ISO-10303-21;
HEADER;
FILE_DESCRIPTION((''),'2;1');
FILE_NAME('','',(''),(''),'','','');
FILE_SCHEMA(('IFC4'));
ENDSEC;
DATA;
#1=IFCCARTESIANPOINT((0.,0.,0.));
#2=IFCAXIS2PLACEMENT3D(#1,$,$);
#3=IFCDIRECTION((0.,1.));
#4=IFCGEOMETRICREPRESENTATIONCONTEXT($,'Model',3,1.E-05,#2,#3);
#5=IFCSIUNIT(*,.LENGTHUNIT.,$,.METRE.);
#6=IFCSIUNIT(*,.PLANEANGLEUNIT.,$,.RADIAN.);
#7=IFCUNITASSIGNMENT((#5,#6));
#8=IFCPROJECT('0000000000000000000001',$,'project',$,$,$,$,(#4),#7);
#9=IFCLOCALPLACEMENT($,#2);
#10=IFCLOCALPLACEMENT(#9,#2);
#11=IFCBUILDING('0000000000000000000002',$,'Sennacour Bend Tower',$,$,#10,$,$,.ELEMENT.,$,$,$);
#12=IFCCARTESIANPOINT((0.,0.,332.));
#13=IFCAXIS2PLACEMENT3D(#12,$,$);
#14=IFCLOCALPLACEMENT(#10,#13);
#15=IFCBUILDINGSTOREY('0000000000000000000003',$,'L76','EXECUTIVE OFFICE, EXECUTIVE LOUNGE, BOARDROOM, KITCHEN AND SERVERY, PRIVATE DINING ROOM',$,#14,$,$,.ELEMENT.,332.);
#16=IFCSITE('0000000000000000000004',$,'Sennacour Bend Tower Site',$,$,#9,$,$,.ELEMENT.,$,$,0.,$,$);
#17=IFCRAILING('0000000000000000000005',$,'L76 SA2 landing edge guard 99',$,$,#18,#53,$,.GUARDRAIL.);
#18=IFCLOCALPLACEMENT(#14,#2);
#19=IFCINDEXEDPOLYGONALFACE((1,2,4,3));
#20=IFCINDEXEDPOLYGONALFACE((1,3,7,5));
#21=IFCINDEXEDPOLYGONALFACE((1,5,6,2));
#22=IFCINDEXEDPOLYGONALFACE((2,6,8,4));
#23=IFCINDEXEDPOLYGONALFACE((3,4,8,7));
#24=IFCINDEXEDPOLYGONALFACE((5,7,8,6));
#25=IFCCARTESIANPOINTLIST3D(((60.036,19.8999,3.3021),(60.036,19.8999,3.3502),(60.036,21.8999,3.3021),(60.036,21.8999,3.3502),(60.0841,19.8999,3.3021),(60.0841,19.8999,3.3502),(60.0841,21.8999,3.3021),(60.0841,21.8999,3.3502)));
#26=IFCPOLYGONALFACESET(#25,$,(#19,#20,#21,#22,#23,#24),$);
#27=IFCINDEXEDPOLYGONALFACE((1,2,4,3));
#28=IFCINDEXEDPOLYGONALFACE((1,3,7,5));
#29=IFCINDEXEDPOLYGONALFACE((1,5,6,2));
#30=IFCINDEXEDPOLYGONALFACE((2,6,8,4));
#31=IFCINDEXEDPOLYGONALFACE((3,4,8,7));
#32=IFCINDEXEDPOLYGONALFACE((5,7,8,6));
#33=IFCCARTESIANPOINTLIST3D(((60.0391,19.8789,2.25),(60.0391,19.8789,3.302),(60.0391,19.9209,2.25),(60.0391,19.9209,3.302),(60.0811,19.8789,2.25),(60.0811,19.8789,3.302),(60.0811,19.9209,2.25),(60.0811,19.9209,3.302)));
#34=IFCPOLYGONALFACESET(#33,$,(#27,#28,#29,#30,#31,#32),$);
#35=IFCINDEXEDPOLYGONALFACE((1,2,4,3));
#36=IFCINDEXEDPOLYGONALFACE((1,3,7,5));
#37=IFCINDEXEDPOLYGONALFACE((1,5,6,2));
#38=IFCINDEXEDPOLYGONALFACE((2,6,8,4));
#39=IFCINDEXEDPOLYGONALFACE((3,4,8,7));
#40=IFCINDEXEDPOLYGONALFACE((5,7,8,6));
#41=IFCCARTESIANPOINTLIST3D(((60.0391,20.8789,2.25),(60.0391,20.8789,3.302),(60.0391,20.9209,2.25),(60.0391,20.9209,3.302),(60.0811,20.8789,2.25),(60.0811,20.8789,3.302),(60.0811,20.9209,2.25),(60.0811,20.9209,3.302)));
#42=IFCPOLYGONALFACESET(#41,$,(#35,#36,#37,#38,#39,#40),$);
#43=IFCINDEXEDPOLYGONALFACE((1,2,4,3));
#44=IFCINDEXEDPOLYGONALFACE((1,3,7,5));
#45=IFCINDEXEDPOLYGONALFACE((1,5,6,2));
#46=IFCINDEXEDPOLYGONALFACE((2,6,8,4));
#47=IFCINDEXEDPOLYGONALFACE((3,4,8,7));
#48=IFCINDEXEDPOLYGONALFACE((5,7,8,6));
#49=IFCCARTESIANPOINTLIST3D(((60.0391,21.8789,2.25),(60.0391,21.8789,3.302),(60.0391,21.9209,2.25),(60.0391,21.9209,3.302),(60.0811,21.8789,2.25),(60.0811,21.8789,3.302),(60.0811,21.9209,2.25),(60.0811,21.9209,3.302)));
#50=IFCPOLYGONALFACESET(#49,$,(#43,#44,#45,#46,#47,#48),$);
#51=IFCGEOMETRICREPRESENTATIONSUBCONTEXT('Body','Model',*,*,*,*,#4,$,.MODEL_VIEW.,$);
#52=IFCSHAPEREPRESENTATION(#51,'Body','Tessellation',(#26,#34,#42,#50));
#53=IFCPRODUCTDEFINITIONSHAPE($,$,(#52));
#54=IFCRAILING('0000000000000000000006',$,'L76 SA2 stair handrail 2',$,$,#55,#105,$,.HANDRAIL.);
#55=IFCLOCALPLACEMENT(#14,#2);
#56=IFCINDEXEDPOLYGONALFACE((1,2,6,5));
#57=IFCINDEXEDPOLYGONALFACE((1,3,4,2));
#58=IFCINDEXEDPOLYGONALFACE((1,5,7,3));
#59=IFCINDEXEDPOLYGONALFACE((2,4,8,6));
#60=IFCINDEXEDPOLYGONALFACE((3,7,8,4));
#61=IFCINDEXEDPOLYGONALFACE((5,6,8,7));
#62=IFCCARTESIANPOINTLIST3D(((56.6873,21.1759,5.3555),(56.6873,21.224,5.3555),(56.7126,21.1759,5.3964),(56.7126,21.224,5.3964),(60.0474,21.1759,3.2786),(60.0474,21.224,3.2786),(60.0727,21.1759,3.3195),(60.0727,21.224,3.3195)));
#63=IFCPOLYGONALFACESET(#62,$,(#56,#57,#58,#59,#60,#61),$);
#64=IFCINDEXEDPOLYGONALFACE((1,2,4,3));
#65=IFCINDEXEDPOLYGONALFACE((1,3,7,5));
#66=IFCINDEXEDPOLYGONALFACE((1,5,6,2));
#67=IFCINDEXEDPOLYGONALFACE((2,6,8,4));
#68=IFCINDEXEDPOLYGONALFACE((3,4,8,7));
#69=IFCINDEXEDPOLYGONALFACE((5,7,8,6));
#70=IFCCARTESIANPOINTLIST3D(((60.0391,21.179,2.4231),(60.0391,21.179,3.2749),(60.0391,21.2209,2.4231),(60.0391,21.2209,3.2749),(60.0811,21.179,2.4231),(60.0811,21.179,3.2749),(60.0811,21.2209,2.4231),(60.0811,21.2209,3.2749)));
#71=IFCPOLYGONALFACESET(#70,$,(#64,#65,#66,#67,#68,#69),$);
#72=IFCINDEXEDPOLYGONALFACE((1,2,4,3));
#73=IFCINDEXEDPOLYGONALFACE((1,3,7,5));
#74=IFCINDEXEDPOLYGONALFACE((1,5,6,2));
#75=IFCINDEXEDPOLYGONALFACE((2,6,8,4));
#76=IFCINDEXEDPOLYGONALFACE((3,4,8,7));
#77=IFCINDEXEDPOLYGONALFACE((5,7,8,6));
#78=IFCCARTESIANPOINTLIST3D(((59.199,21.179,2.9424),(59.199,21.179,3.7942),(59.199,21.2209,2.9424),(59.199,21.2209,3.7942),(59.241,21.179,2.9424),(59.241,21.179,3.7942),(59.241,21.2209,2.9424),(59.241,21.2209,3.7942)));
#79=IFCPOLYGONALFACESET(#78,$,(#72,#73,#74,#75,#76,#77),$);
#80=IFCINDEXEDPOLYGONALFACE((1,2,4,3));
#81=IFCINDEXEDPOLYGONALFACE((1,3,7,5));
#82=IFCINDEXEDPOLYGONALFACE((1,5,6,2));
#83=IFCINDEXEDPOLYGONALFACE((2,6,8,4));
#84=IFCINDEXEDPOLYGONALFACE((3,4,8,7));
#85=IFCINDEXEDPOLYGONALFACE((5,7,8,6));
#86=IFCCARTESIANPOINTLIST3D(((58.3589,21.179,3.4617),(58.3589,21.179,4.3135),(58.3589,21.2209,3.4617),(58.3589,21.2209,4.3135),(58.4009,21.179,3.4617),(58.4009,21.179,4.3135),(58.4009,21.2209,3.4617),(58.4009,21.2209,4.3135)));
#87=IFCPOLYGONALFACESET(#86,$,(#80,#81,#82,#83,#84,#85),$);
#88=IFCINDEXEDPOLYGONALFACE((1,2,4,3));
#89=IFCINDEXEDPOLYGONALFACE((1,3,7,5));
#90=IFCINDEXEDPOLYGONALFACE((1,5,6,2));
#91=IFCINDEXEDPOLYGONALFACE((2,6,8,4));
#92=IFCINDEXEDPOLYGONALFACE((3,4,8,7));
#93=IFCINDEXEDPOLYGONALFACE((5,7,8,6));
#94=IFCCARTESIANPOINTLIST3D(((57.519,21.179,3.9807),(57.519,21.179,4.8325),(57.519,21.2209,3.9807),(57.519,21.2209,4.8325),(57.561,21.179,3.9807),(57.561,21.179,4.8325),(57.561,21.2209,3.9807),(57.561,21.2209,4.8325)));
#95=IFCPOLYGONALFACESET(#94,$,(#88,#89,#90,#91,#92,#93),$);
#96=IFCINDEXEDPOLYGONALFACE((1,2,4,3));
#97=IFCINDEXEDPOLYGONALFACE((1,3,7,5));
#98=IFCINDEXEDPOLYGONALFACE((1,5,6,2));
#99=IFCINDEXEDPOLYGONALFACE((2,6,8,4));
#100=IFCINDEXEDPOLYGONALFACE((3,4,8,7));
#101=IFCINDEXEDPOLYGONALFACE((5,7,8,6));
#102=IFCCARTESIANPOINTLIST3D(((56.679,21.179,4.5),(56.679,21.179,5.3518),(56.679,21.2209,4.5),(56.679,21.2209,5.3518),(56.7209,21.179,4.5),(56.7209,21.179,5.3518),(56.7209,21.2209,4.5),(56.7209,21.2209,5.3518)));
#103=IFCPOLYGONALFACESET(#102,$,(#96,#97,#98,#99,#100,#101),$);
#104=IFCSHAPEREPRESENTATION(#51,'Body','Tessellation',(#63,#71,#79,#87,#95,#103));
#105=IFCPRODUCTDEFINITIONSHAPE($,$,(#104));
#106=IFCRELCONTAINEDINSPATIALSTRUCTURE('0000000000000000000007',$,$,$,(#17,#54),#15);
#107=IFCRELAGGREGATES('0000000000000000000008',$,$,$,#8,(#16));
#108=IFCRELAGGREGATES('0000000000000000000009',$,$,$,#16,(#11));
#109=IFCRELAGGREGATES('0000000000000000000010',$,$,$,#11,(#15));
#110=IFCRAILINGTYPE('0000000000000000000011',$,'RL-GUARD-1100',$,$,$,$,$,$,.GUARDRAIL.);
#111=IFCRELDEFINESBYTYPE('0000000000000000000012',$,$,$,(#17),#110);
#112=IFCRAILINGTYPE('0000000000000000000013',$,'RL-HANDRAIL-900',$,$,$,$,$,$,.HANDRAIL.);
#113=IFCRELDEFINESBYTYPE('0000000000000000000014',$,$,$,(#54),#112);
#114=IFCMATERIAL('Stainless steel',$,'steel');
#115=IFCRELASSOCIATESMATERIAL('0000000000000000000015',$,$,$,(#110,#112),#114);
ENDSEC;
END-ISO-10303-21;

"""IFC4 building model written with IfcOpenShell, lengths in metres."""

from ifc_helpers import new_model, si_unit, direction, frame, origin, origin_2d, place, context, subcontext, project, spatial, rectangle, extrude, material, type_object, element, save


model = new_model("IFC4")

# Units and contexts
model_context = context("Model", 3, precision=1e-05, world=origin(), true_north=direction((0.0, 1.0)))
body_context = subcontext(model_context, "Body", "Model", "MODEL_VIEW")
ifc_project = project(units=[si_unit("LENGTHUNIT", "METRE"), si_unit("PLANEANGLEUNIT", "RADIAN")], contexts=[model_context])

# Site, building, storey
site_placement = place(None, origin())
site = spatial("IfcSite", under=ifc_project, at=site_placement, Name="Sennacour Bend Tower Site", CompositionType="ELEMENT", RefElevation=0.0)
building_placement = place(site_placement, origin())
building = spatial("IfcBuilding", under=site, at=building_placement, Name="Sennacour Bend Tower", CompositionType="ELEMENT")
storey_placement = place(building_placement, frame((0.0, 0.0, 332.0)))
storey = spatial("IfcBuildingStorey", under=building, at=storey_placement, Name="L76", Description="EXECUTIVE OFFICE, EXECUTIVE LOUNGE, BOARDROOM, KITCHEN AND SERVERY, PRIVATE DINING ROOM", CompositionType="ELEMENT", Elevation=332.0)

# Railings
ifc_material_1 = material(Name="Stainless steel", Category="steel")
railing_type_1 = type_object("IfcRailingType", Name="RL-GUARD-1100", PredefinedType="GUARDRAIL", material=ifc_material_1)
railing_1_placement = place(storey_placement, frame((60.0601, 19.8999, 2.25)))
element("IfcRailing", 1, at=railing_1_placement, inside=storey, type_object=railing_type_1, Name="L76 SA2 landing edge guard 99", PredefinedType="GUARDRAIL", context=body_context, shape_type="SweptSolid", body=[
    extrude(rectangle(XDim=0.0481, YDim=0.0481, at=origin_2d()), frame((0.0, 0.0, 1.0762), z_axis=(0.0, 1.0, 0.0), x_axis=(-1.0, 0.0, 0.0)), (0.0, 0.0, 1.0), 2.0),
    extrude(rectangle(XDim=0.042, YDim=0.042, at=origin_2d()), origin(), (0.0, 0.0, 1.0), 1.052),
    extrude(rectangle(XDim=0.042, YDim=0.042, at=origin_2d()), frame((0.0, 1.0, 0.0)), (0.0, 0.0, 1.0), 1.052),
    extrude(rectangle(XDim=0.042, YDim=0.042, at=origin_2d()), frame((0.0, 2.0, 0.0)), (0.0, 0.0, 1.0), 1.052),
])
railing_type_2 = type_object("IfcRailingType", Name="RL-HANDRAIL-900", PredefinedType="HANDRAIL", material=ifc_material_1)
railing_2_placement = place(storey_placement, frame((60.0601, 21.2, 2.4231)))
element("IfcRailing", 2, at=railing_2_placement, inside=storey, type_object=railing_type_2, Name="L76 SA2 stair handrail 2", PredefinedType="HANDRAIL", context=body_context, shape_type="SweptSolid", body=[
    extrude(rectangle(XDim=0.0481, YDim=0.0481, at=origin_2d()), frame((0.0, 0.0, 0.876), z_axis=(-0.850623, 0.0, 0.525776), x_axis=(0.0, -1.0, 0.0)), (0.0, 0.0, 1.0), 3.9502),
    extrude(rectangle(XDim=0.042, YDim=0.042, at=origin_2d()), origin(), (0.0, 0.0, 1.0), 0.8518),
    extrude(rectangle(XDim=0.042, YDim=0.042, at=origin_2d()), frame((-0.8401, 0.0, 0.5193)), (0.0, 0.0, 1.0), 0.8518),
    extrude(rectangle(XDim=0.042, YDim=0.042, at=origin_2d()), frame((-1.6802, 0.0, 1.0386)), (0.0, 0.0, 1.0), 0.8518),
    extrude(rectangle(XDim=0.042, YDim=0.042, at=origin_2d()), frame((-2.52, 0.0, 1.5576)), (0.0, 0.0, 1.0), 0.8518),
    extrude(rectangle(XDim=0.042, YDim=0.042, at=origin_2d()), frame((-3.3601, 0.0, 2.0769)), (0.0, 0.0, 1.0), 0.8518),
])

save(model, "model.ifc")
